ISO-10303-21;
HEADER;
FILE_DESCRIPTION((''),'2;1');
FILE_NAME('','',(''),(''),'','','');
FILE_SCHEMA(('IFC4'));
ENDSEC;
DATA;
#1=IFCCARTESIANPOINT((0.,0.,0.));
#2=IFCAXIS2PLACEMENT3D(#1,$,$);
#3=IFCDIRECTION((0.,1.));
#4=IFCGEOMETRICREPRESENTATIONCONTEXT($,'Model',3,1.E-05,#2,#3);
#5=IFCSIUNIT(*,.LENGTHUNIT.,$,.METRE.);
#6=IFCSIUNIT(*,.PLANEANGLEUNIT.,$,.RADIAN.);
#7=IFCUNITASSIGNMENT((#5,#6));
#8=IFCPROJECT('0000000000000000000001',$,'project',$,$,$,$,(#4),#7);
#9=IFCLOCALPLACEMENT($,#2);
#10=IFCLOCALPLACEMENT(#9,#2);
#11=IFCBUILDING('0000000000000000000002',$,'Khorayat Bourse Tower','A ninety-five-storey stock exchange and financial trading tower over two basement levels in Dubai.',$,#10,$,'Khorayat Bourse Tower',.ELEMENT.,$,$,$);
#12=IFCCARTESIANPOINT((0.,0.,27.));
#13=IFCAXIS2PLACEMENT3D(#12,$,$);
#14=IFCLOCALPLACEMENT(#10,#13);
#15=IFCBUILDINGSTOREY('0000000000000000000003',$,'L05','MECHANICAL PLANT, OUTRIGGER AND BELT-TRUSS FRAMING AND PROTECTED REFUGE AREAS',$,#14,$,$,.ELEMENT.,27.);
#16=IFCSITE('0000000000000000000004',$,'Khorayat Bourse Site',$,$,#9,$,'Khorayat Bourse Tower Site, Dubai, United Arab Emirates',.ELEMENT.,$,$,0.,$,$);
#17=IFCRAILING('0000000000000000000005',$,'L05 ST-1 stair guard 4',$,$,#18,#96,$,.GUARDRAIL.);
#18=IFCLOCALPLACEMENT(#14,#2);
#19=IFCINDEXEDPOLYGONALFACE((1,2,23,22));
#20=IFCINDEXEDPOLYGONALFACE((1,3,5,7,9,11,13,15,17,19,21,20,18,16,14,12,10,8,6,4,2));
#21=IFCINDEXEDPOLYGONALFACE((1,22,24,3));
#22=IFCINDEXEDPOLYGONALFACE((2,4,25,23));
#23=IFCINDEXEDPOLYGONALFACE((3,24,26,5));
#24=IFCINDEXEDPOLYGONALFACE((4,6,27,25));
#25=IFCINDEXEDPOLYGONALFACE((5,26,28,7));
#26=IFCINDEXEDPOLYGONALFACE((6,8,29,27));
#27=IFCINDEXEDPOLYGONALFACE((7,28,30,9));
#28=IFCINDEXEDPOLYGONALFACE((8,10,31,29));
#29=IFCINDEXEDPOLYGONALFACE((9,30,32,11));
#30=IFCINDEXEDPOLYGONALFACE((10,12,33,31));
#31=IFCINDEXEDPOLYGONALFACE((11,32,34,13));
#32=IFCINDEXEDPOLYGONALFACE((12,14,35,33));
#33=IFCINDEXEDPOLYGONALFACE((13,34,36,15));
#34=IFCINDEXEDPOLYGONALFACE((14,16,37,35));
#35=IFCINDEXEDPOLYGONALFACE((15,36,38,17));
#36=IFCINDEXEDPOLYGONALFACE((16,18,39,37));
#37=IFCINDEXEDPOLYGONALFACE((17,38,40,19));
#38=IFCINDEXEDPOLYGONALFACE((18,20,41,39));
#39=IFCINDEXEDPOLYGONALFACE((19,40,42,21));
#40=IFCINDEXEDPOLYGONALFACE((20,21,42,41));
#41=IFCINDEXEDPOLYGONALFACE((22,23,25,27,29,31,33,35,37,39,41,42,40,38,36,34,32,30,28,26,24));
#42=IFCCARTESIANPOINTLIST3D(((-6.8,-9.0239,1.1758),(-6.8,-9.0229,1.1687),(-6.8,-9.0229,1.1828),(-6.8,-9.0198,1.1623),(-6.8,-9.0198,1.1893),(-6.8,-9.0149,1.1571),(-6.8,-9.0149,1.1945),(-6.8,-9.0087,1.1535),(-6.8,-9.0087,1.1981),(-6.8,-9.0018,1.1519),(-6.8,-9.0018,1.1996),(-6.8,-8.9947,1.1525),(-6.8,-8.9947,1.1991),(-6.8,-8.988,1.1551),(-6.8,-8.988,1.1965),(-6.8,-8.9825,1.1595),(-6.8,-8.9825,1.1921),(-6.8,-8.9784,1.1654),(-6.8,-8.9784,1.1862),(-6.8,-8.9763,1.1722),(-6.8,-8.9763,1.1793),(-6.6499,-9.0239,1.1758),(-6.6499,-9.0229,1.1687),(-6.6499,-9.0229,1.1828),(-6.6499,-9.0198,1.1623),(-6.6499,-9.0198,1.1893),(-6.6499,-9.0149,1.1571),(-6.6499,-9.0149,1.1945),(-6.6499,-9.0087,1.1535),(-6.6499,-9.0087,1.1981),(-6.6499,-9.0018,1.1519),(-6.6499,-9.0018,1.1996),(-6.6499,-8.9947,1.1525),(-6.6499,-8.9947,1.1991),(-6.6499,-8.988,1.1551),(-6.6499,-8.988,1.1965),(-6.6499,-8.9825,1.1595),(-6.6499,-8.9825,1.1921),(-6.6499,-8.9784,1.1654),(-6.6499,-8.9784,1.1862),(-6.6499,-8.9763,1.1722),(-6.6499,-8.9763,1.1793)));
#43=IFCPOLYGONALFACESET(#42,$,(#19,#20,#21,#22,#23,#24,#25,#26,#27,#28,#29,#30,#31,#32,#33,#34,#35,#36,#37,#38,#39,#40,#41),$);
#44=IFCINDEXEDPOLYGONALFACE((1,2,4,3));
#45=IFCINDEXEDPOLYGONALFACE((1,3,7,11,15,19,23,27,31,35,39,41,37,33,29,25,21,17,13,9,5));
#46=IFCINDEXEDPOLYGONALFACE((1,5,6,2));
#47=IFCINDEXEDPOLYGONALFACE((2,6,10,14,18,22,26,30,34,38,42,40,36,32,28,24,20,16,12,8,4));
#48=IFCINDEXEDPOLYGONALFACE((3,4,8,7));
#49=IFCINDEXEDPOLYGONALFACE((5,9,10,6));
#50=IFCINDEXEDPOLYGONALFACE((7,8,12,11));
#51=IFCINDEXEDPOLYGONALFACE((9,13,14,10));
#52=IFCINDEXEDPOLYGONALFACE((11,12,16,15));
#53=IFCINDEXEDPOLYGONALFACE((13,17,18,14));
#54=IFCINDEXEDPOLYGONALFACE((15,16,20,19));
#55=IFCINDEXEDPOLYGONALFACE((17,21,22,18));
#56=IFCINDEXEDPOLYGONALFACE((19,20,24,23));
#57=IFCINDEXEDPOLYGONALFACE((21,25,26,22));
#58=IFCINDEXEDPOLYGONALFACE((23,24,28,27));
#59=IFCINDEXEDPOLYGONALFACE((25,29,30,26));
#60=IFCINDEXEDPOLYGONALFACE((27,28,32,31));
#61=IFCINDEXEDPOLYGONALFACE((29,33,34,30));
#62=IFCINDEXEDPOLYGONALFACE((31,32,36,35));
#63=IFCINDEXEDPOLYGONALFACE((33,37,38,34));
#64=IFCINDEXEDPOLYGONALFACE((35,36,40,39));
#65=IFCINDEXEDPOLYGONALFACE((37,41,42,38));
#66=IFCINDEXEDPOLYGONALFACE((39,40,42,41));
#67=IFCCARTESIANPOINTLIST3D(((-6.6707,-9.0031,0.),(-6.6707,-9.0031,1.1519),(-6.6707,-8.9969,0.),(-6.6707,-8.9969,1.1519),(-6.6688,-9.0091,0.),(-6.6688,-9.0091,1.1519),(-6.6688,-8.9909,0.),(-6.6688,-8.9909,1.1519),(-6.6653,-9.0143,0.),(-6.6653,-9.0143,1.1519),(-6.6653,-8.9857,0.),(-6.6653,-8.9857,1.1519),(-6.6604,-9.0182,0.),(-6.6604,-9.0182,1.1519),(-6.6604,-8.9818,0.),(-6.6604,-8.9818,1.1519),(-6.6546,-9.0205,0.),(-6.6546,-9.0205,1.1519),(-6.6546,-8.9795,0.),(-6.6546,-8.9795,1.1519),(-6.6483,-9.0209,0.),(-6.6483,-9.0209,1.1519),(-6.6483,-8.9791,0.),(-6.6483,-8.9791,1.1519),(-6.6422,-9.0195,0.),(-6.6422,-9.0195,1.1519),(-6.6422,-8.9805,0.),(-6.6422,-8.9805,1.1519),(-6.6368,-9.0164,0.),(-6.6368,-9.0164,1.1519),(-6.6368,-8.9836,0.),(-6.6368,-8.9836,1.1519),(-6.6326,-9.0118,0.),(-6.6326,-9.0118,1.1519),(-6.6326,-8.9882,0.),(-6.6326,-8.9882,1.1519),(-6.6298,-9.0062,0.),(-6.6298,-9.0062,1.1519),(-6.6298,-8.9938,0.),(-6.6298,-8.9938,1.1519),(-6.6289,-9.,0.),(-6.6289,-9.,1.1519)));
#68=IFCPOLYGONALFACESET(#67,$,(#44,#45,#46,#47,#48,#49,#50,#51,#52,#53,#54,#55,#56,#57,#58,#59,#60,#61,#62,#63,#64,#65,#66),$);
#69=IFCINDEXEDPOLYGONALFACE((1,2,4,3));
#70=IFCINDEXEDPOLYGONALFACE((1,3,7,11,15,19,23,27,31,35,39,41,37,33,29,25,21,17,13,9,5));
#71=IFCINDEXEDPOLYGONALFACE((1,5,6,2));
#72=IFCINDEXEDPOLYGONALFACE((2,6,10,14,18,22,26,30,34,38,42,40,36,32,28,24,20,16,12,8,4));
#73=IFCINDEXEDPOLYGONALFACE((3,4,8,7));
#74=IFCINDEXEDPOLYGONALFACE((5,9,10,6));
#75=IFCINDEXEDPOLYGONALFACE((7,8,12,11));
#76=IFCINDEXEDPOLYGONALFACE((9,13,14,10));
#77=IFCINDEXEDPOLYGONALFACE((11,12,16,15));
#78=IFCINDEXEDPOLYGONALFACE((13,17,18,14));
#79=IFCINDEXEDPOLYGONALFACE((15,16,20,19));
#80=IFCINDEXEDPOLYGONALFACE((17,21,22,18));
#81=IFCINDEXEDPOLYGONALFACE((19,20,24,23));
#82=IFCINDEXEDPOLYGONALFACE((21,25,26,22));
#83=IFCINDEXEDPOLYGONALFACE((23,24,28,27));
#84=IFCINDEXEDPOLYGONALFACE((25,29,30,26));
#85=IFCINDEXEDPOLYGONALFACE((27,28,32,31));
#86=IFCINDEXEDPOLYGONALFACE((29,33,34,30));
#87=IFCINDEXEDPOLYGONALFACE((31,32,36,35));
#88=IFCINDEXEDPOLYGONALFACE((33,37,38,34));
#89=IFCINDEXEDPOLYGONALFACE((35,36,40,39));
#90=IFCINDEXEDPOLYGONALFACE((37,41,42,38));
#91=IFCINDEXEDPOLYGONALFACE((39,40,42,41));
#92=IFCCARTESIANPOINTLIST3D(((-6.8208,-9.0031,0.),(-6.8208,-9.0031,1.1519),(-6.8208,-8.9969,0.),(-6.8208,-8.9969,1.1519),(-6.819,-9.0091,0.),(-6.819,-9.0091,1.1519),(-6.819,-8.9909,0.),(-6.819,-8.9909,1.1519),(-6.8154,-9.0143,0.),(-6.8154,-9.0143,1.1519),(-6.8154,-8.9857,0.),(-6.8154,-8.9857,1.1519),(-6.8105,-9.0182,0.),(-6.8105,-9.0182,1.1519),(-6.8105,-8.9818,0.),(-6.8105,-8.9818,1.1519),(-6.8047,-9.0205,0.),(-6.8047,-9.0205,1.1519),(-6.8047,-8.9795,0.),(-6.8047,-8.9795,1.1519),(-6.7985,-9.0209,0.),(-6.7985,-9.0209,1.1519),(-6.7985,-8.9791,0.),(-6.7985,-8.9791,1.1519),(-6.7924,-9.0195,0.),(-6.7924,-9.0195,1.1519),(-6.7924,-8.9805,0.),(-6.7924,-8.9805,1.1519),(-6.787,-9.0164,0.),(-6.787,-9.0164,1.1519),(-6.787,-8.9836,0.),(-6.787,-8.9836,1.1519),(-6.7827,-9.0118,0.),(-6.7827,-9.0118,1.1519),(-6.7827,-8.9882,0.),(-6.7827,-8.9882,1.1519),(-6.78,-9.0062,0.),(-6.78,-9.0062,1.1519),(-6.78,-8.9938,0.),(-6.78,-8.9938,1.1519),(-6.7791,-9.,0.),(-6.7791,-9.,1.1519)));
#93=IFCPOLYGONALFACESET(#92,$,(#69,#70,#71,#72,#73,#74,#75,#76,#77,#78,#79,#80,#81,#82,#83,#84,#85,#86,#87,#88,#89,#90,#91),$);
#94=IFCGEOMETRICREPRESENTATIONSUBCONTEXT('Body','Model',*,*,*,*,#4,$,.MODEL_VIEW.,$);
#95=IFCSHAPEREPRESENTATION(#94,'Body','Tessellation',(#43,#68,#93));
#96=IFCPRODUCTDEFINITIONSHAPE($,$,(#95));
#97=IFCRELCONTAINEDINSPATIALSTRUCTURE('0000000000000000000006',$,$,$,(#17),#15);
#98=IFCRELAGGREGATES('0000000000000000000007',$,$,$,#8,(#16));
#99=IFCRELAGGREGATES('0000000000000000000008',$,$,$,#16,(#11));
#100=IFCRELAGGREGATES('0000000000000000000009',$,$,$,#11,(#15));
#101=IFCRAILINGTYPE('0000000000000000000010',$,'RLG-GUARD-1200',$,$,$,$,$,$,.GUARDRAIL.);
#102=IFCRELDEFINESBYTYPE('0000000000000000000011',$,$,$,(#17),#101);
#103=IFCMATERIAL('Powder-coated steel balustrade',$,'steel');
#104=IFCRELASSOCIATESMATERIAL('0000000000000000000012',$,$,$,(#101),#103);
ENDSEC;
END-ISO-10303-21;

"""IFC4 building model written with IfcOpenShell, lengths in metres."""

from ifc_helpers import new_model, si_unit, direction, frame, origin, origin_2d, place, context, subcontext, project, spatial, circle, extrude, source, transform, mapped, material, type_object, element, save


model = new_model("IFC4")

# Units and contexts
model_context = context("Model", 3, precision=1e-05, world=origin(), true_north=direction((0.0, 1.0)))
body_context = subcontext(model_context, "Body", "Model", "MODEL_VIEW")
ifc_project = project(units=[si_unit("LENGTHUNIT", "METRE"), si_unit("PLANEANGLEUNIT", "RADIAN")], contexts=[model_context])

# Site, building, storey
site_placement = place(None, origin())
site = spatial("IfcSite", under=ifc_project, at=site_placement, Name="Khorayat Bourse Site", LongName="Khorayat Bourse Tower Site, Dubai, United Arab Emirates", CompositionType="ELEMENT", RefElevation=0.0)
building_placement = place(site_placement, origin())
building = spatial("IfcBuilding", under=site, at=building_placement, Name="Khorayat Bourse Tower", Description="A ninety-five-storey stock exchange and financial trading tower over two basement levels in Dubai.", LongName="Khorayat Bourse Tower", CompositionType="ELEMENT")
storey_placement = place(building_placement, frame((0.0, 0.0, 27.0)))
storey = spatial("IfcBuildingStorey", under=building, at=storey_placement, Name="L05", Description="MECHANICAL PLANT, OUTRIGGER AND BELT-TRUSS FRAMING AND PROTECTED REFUGE AREAS", CompositionType="ELEMENT", Elevation=27.0)

# Railing
ifc_material_1 = material(Name="Powder-coated steel balustrade", Category="steel")
railing_type_1 = type_object("IfcRailingType", Name="RLG-GUARD-1200", PredefinedType="GUARDRAIL", material=ifc_material_1)
shared_shape_1 = source(origin(), body_context, "Body", "SweptSolid", [
    extrude(circle(Radius=0.0239, at=origin_2d()), frame((0.0, 0.0, 1.1758), z_axis=(-1.0, 0.0, 0.0), x_axis=(0.0, -1.0, 0.0)), (0.0, 0.0, 1.0), 0.1501),
    extrude(circle(Radius=0.021, at=origin_2d()), origin(), (0.0, 0.0, 1.0), 1.1519),
    extrude(circle(Radius=0.021, at=origin_2d()), frame((-0.1501, 0.0, 0.0)), (0.0, 0.0, 1.0), 1.1519),
])
railing_1_placement = place(storey_placement, frame((-6.6499, -9.0, 0.0)))
element("IfcRailing", 1, at=railing_1_placement, inside=storey, type_object=railing_type_1, Name="L05 ST-1 stair guard 4", PredefinedType="GUARDRAIL", context=body_context, shape_type="MappedRepresentation", body=[
    mapped(shared_shape_1, transform((0.0, 0.0, 0.0), scale=1.0)),
])

save(model, "model.ifc")
